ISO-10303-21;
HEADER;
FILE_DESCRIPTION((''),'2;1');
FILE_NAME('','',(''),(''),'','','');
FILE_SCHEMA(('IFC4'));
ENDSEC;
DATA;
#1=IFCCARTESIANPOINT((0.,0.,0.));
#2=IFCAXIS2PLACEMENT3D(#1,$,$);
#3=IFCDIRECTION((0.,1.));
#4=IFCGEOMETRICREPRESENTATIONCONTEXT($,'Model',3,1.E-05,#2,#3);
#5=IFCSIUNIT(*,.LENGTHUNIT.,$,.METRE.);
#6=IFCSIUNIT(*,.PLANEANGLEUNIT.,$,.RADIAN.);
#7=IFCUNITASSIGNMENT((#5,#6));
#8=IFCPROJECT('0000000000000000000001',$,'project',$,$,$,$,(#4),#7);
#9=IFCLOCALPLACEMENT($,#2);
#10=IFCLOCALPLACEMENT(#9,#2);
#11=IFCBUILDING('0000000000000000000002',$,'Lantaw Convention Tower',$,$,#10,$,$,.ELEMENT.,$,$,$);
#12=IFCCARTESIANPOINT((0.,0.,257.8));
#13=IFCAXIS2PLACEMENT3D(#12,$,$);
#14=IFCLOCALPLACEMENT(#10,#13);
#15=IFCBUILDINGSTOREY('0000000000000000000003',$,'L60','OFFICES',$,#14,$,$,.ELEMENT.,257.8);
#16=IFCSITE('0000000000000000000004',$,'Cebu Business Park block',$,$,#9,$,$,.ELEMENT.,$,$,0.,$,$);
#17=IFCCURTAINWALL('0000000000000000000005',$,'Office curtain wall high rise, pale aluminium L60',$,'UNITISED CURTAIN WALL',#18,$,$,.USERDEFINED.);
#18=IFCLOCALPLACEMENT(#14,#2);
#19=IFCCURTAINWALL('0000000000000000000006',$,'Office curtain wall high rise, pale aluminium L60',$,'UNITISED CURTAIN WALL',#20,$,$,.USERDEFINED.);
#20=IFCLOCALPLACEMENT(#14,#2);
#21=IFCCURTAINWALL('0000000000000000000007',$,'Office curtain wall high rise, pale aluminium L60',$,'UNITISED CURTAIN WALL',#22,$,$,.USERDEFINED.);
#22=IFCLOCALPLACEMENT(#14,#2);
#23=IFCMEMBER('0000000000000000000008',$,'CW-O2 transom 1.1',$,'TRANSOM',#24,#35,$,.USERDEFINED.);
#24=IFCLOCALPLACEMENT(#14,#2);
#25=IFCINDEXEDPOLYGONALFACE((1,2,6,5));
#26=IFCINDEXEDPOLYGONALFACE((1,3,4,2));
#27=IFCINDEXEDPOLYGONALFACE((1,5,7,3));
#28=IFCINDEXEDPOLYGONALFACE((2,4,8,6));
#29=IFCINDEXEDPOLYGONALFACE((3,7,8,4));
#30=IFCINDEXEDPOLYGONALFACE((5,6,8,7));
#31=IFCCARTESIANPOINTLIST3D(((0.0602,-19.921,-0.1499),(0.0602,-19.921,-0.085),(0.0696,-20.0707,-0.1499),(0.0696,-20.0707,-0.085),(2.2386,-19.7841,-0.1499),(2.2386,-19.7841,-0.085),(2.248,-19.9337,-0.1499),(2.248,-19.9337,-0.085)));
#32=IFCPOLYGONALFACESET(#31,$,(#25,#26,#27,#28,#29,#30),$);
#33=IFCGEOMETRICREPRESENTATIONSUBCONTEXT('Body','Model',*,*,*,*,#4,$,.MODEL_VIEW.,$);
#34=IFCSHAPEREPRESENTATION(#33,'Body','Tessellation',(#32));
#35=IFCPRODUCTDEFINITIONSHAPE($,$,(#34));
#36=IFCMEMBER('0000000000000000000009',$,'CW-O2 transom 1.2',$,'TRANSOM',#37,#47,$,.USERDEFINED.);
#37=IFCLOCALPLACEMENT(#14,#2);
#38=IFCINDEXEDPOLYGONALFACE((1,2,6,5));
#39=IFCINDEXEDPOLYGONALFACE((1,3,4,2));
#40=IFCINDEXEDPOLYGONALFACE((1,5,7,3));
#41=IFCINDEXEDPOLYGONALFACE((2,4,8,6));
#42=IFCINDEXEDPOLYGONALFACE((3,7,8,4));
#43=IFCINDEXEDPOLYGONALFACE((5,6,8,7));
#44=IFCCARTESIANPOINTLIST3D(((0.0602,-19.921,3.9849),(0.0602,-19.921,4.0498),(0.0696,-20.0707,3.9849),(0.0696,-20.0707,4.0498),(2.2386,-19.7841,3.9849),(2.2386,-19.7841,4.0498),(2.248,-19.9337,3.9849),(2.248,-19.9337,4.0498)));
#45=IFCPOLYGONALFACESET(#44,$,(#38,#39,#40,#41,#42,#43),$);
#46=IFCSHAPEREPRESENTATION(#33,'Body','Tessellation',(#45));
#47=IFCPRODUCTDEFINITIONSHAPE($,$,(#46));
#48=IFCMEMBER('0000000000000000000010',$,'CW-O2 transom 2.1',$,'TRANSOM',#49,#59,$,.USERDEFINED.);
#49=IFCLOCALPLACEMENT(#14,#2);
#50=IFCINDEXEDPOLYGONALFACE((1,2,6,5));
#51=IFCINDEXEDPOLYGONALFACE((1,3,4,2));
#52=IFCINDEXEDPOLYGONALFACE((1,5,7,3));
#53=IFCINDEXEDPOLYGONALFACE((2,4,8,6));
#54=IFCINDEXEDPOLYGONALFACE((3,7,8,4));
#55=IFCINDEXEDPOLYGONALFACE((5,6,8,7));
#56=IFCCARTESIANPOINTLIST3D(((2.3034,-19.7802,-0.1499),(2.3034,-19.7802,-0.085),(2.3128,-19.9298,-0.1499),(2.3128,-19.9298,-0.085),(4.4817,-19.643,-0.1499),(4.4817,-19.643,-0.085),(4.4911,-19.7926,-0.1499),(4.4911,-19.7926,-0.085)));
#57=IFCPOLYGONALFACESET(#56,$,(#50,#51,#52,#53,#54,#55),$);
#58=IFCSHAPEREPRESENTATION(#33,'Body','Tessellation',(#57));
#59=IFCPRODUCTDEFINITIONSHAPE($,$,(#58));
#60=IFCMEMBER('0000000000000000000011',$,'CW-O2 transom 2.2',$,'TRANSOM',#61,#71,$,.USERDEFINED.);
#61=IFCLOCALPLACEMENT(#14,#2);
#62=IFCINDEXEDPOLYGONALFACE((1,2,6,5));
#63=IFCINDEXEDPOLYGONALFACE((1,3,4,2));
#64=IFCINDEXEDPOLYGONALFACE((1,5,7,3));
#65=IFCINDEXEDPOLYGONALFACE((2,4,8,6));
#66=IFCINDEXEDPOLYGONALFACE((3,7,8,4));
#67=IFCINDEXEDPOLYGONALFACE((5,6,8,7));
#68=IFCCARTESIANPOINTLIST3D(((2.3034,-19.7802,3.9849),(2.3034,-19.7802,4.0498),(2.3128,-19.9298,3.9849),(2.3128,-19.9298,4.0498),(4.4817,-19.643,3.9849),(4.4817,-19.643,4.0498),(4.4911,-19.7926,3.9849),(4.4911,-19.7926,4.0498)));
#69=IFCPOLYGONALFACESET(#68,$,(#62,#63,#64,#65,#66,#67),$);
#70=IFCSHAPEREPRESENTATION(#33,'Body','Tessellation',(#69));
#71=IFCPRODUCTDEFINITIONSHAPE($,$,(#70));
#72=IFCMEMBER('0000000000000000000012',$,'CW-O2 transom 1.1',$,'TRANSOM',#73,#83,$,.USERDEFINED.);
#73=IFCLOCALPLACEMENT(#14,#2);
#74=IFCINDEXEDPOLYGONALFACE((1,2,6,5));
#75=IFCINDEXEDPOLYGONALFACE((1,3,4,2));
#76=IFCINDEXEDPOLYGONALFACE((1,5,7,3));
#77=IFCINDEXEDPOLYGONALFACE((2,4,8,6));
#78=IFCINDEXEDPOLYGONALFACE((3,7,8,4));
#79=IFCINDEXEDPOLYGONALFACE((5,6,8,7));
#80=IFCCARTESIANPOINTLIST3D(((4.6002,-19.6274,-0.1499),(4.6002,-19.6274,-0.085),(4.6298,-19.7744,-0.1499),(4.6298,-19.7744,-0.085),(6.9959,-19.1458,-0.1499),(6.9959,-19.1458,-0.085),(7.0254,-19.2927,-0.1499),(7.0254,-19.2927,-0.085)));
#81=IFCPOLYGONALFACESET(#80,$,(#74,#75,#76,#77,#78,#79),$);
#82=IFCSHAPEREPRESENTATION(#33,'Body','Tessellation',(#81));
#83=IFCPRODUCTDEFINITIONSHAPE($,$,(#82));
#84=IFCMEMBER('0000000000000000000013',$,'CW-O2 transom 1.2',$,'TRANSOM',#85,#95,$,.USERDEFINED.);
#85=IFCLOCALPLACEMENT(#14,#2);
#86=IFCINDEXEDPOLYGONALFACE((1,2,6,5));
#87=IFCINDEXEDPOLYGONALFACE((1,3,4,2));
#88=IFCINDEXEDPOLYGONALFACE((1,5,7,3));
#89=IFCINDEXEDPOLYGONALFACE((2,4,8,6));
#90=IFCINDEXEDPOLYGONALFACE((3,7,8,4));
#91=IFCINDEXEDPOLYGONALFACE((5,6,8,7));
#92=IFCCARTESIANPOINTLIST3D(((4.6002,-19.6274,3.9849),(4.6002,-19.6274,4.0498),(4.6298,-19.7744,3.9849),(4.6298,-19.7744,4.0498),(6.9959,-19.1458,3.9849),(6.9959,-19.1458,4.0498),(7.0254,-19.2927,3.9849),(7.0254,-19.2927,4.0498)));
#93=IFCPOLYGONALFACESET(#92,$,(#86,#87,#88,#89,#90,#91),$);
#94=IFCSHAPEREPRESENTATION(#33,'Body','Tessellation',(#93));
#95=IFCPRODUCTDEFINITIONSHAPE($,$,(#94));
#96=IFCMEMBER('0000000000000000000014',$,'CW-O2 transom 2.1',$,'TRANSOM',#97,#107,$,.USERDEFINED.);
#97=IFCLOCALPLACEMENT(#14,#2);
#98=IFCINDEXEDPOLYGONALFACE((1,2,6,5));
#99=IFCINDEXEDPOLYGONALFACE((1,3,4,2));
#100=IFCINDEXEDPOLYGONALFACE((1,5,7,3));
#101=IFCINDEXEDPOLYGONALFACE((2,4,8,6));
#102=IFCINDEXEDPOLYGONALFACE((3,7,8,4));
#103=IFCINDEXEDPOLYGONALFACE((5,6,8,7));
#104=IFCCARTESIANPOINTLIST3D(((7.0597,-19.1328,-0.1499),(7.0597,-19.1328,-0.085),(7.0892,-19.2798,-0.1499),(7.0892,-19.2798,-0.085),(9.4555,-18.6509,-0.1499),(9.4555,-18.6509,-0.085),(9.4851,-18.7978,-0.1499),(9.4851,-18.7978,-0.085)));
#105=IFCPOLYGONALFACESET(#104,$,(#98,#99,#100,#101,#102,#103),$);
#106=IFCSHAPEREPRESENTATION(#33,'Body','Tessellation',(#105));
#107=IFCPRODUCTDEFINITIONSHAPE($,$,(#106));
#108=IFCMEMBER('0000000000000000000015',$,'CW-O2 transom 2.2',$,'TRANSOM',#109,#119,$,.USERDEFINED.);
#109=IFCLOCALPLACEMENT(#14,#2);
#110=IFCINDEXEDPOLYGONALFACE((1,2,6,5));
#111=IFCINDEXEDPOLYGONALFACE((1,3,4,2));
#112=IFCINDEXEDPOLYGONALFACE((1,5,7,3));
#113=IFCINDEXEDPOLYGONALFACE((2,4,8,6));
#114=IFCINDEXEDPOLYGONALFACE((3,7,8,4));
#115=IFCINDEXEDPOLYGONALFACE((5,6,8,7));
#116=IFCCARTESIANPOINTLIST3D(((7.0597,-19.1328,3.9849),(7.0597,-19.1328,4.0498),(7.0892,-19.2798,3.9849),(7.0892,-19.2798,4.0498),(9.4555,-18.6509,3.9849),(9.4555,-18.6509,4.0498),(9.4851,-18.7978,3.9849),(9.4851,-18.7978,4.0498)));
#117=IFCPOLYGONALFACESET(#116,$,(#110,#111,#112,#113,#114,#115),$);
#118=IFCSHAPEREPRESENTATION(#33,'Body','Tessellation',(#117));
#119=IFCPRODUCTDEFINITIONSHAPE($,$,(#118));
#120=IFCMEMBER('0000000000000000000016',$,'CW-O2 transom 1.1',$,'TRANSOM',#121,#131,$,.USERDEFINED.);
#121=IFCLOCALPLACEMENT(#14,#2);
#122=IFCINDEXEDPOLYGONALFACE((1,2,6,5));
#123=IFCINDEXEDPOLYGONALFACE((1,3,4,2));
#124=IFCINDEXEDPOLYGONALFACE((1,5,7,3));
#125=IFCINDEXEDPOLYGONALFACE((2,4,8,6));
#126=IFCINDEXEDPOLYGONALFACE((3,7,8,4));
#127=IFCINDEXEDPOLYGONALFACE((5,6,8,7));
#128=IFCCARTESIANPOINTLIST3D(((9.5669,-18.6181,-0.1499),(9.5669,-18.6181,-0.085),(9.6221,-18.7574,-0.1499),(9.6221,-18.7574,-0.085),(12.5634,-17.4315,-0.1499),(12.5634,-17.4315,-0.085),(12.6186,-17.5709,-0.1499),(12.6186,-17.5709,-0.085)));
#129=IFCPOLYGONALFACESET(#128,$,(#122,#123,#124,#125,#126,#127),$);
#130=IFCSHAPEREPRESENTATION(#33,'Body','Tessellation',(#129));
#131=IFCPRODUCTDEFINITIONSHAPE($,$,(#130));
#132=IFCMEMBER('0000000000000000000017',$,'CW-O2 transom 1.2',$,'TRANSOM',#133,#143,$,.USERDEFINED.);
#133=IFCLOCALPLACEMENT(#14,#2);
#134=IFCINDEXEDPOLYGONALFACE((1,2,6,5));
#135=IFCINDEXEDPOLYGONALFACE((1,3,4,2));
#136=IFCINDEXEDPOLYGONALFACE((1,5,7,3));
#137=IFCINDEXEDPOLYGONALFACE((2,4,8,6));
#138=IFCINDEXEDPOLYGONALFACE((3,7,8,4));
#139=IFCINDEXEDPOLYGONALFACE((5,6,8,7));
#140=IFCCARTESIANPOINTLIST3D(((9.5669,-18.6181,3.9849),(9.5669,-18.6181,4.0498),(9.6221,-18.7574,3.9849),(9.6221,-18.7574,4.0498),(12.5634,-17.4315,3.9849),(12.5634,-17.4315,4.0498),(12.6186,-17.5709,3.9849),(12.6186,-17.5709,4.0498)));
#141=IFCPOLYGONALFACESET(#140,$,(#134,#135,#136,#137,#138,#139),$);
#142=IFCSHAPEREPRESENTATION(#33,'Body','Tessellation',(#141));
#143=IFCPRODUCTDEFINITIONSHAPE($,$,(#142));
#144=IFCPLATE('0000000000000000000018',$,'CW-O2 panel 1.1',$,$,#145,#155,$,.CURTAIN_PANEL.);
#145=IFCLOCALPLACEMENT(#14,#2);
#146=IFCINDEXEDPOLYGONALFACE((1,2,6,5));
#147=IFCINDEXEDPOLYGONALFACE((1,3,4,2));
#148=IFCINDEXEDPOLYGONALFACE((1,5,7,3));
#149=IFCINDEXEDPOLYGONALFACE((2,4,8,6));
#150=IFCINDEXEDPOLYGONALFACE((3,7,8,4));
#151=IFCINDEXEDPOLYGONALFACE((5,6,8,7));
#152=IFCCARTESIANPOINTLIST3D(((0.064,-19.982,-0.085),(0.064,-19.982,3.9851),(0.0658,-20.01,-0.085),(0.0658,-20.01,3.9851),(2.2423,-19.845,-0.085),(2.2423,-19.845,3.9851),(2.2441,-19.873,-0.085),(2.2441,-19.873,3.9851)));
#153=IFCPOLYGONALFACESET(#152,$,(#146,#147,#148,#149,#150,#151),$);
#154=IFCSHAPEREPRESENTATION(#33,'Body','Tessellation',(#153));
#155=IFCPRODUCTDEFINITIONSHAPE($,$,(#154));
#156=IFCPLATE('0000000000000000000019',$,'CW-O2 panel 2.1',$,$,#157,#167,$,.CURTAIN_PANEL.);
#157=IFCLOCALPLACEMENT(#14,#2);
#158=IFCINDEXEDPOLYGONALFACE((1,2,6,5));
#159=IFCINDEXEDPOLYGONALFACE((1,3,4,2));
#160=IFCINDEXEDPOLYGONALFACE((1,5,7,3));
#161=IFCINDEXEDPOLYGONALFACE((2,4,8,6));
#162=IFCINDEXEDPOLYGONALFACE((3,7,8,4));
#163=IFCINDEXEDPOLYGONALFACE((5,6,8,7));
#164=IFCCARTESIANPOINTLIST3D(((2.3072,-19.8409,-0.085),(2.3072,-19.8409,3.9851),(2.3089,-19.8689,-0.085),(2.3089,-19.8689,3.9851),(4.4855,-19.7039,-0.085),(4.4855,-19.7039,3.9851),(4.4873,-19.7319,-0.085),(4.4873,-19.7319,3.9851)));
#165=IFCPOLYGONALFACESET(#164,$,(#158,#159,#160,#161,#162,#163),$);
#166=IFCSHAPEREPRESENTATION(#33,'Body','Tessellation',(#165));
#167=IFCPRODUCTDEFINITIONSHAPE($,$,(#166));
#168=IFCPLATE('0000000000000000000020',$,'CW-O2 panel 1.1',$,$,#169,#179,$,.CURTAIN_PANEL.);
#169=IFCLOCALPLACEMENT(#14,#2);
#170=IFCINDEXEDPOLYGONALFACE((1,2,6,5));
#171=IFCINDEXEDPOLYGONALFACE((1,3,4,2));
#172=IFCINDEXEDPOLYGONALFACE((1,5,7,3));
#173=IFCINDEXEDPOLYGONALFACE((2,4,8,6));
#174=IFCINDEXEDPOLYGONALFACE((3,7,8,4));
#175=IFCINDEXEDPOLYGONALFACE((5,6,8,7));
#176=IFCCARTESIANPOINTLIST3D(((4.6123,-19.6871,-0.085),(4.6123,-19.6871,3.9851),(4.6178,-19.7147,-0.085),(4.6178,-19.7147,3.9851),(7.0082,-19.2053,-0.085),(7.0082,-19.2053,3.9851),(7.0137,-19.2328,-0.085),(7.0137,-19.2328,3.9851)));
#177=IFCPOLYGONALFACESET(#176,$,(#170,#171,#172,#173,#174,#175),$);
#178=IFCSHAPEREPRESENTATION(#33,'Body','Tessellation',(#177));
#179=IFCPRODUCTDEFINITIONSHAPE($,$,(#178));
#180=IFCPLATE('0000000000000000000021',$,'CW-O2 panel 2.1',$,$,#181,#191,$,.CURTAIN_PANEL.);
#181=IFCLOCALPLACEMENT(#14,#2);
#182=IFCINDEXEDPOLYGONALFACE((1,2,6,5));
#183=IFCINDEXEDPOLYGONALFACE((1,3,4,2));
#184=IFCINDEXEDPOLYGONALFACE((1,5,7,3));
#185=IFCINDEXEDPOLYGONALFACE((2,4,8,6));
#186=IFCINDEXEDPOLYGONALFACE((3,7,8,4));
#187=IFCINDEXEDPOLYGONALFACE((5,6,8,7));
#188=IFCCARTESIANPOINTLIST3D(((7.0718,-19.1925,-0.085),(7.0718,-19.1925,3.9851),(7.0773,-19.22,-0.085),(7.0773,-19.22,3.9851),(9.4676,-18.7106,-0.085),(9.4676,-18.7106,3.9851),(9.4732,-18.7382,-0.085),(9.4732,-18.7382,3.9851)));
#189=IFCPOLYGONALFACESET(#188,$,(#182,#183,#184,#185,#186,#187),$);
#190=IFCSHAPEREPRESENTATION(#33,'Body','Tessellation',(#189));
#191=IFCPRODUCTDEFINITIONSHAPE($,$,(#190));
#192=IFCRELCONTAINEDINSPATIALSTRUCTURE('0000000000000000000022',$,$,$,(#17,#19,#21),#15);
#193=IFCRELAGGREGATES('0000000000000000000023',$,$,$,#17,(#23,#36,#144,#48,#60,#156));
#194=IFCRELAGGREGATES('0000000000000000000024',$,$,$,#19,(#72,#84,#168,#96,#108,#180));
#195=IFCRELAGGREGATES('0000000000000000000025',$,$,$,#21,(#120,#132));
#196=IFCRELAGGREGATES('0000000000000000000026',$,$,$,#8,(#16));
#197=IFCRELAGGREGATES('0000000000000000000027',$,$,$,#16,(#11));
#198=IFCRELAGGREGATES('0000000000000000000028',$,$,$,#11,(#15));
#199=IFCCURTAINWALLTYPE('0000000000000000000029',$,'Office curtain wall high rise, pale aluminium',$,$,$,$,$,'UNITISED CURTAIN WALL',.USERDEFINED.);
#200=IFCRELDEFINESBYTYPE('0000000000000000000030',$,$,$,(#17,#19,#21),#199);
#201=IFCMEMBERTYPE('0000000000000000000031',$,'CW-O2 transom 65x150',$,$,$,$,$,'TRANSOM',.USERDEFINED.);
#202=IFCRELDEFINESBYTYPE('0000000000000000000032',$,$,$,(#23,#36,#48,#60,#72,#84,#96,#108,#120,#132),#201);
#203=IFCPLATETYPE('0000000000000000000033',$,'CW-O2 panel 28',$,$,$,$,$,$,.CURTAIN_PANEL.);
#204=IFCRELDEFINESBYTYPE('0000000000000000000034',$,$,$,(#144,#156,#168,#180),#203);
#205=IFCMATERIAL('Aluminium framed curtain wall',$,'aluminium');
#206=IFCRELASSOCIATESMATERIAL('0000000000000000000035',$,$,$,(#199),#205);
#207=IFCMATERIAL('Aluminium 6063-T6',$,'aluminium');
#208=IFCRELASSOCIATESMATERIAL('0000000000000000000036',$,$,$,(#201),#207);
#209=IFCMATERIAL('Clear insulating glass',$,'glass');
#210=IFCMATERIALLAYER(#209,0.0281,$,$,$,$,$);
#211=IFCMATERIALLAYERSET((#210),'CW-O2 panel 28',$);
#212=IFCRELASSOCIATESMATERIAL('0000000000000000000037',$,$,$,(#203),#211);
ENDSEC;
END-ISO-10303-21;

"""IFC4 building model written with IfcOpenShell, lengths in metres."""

from ifc_helpers import new_model, si_unit, direction, frame, origin, origin_2d, place, context, subcontext, project, spatial, rectangle, extrude, material, layer, layer_set, material_profile, profile_set, type_object, element, aggregate, save


model = new_model("IFC4")

# Units and contexts
model_context = context("Model", 3, precision=1e-05, world=origin(), true_north=direction((0.0, 1.0)))
body_context = subcontext(model_context, "Body", "Model", "MODEL_VIEW")
ifc_project = project(units=[si_unit("LENGTHUNIT", "METRE"), si_unit("PLANEANGLEUNIT", "RADIAN")], contexts=[model_context])

# Site, building, storey
site_placement = place(None, origin())
site = spatial("IfcSite", under=ifc_project, at=site_placement, Name="Cebu Business Park block", CompositionType="ELEMENT", RefElevation=0.0)
building_placement = place(site_placement, origin())
building = spatial("IfcBuilding", under=site, at=building_placement, Name="Lantaw Convention Tower", CompositionType="ELEMENT")
storey_placement = place(building_placement, frame((0.0, 0.0, 257.8)))
storey = spatial("IfcBuildingStorey", under=building, at=storey_placement, Name="L60", Description="OFFICES", CompositionType="ELEMENT", Elevation=257.8)

# Curtain walls
ifc_material_1 = material(Name="Aluminium framed curtain wall", Category="aluminium")
curtain_wall_type = type_object("IfcCurtainWallType", Name="Office curtain wall high rise, pale aluminium", ElementType="UNITISED CURTAIN WALL", PredefinedType="USERDEFINED", material=ifc_material_1)
curtain_wall_1_placement = place(storey_placement, origin())
curtain_wall_1 = element("IfcCurtainWall", 1, at=curtain_wall_1_placement, inside=storey, type_object=curtain_wall_type, Name="Office curtain wall high rise, pale aluminium L60", ObjectType="UNITISED CURTAIN WALL", PredefinedType="USERDEFINED")
ifc_material_2 = material(Name="Aluminium 6063-T6", Category="aluminium")
curtain_wall_2_placement = place(storey_placement, origin())
curtain_wall_2 = element("IfcCurtainWall", 2, at=curtain_wall_2_placement, inside=storey, type_object=curtain_wall_type, Name="Office curtain wall high rise, pale aluminium L60", ObjectType="UNITISED CURTAIN WALL", PredefinedType="USERDEFINED")

# Curtain wall
curtain_wall_3_placement = place(storey_placement, origin())
curtain_wall_3 = element("IfcCurtainWall", 3, at=curtain_wall_3_placement, inside=storey, type_object=curtain_wall_type, Name="Office curtain wall high rise, pale aluminium L60", ObjectType="UNITISED CURTAIN WALL", PredefinedType="USERDEFINED")

# Members
ifc_material_profile_1 = material_profile(ifc_material_2, rectangle(XDim=0.1499, YDim=0.0649, at=origin_2d()), Name="CW-O2 transom 65x150")
ifc_profile_set_1 = profile_set([ifc_material_profile_1], Name="Aluminium 6063-T6")
member_type_1 = type_object("IfcMemberType", Name="CW-O2 transom 65x150", ElementType="TRANSOM", PredefinedType="USERDEFINED", material=ifc_profile_set_1)
member_1_placement = place(storey_placement, frame((0.0649, -19.9958, -0.1174), z_axis=(0.998029, 0.062754, 0.0), x_axis=(-0.062754, 0.998029, 0.0)))
member_1 = element("IfcMember", 4, at=member_1_placement, type_object=member_type_1, Name="CW-O2 transom 1.1", ObjectType="TRANSOM", PredefinedType="USERDEFINED", context=body_context, shape_type="SweptSolid", body=[
    extrude(rectangle(XDim=0.1499, YDim=0.0649, at=origin_2d()), origin(), (0.0, 0.0, 1.0), 2.1826),
])
member_2_placement = place(storey_placement, frame((0.0649, -19.9958, 4.0173), z_axis=(0.998029, 0.062754, 0.0), x_axis=(-0.062754, 0.998029, 0.0)))
member_2 = element("IfcMember", 5, at=member_2_placement, type_object=member_type_1, Name="CW-O2 transom 1.2", ObjectType="TRANSOM", PredefinedType="USERDEFINED", context=body_context, shape_type="SweptSolid", body=[
    extrude(rectangle(XDim=0.1499, YDim=0.0649, at=origin_2d()), origin(), (0.0, 0.0, 1.0), 2.1826),
])
member_3_placement = place(storey_placement, frame((2.3081, -19.855, -0.1174), z_axis=(0.998022, 0.062866, 0.0), x_axis=(-0.062866, 0.998022, 0.0)))
member_3 = element("IfcMember", 6, at=member_3_placement, type_object=member_type_1, Name="CW-O2 transom 2.1", ObjectType="TRANSOM", PredefinedType="USERDEFINED", context=body_context, shape_type="SweptSolid", body=[
    extrude(rectangle(XDim=0.1499, YDim=0.0649, at=origin_2d()), origin(), (0.0, 0.0, 1.0), 2.1826),
])
member_4_placement = place(storey_placement, frame((2.3081, -19.855, 4.0173), z_axis=(0.998022, 0.062866, 0.0), x_axis=(-0.062866, 0.998022, 0.0)))
member_4 = element("IfcMember", 7, at=member_4_placement, type_object=member_type_1, Name="CW-O2 transom 2.2", ObjectType="TRANSOM", PredefinedType="USERDEFINED", context=body_context, shape_type="SweptSolid", body=[
    extrude(rectangle(XDim=0.1499, YDim=0.0649, at=origin_2d()), origin(), (0.0, 0.0, 1.0), 2.1826),
])
member_5_placement = place(storey_placement, frame((4.615, -19.7009, -0.1174), z_axis=(0.98038, 0.197115, 0.0), x_axis=(-0.197115, 0.98038, 0.0)))
member_5 = element("IfcMember", 8, at=member_5_placement, type_object=member_type_1, Name="CW-O2 transom 1.1", ObjectType="TRANSOM", PredefinedType="USERDEFINED", context=body_context, shape_type="SweptSolid", body=[
    extrude(rectangle(XDim=0.1499, YDim=0.0649, at=origin_2d()), origin(), (0.0, 0.0, 1.0), 2.4436),
])
member_6_placement = place(storey_placement, frame((4.615, -19.7009, 4.0173), z_axis=(0.98038, 0.197115, 0.0), x_axis=(-0.197115, 0.98038, 0.0)))
member_6 = element("IfcMember", 9, at=member_6_placement, type_object=member_type_1, Name="CW-O2 transom 1.2", ObjectType="TRANSOM", PredefinedType="USERDEFINED", context=body_context, shape_type="SweptSolid", body=[
    extrude(rectangle(XDim=0.1499, YDim=0.0649, at=origin_2d()), origin(), (0.0, 0.0, 1.0), 2.4436),
])
member_7_placement = place(storey_placement, frame((7.0745, -19.2063, -0.1174), z_axis=(0.980361, 0.197211, 0.0), x_axis=(-0.197211, 0.980361, 0.0)))
member_7 = element("IfcMember", 10, at=member_7_placement, type_object=member_type_1, Name="CW-O2 transom 2.1", ObjectType="TRANSOM", PredefinedType="USERDEFINED", context=body_context, shape_type="SweptSolid", body=[
    extrude(rectangle(XDim=0.1499, YDim=0.0649, at=origin_2d()), origin(), (0.0, 0.0, 1.0), 2.4438),
])
member_8_placement = place(storey_placement, frame((7.0745, -19.2063, 4.0173), z_axis=(0.980361, 0.197211, 0.0), x_axis=(-0.197211, 0.980361, 0.0)))
member_8 = element("IfcMember", 11, at=member_8_placement, type_object=member_type_1, Name="CW-O2 transom 2.2", ObjectType="TRANSOM", PredefinedType="USERDEFINED", context=body_context, shape_type="SweptSolid", body=[
    extrude(rectangle(XDim=0.1499, YDim=0.0649, at=origin_2d()), origin(), (0.0, 0.0, 1.0), 2.4438),
])
member_9_placement = place(storey_placement, frame((9.5945, -18.6877, -0.1174), z_axis=(0.929767, 0.368149, 0.0), x_axis=(-0.368149, 0.929767, 0.0)))
member_9 = element("IfcMember", 12, at=member_9_placement, type_object=member_type_1, Name="CW-O2 transom 1.1", ObjectType="TRANSOM", PredefinedType="USERDEFINED", context=body_context, shape_type="SweptSolid", body=[
    extrude(rectangle(XDim=0.1499, YDim=0.0649, at=origin_2d()), origin(), (0.0, 0.0, 1.0), 3.2229),
])
member_10_placement = place(storey_placement, frame((9.5945, -18.6877, 4.0173), z_axis=(0.929767, 0.368149, 0.0), x_axis=(-0.368149, 0.929767, 0.0)))
member_10 = element("IfcMember", 13, at=member_10_placement, type_object=member_type_1, Name="CW-O2 transom 1.2", ObjectType="TRANSOM", PredefinedType="USERDEFINED", context=body_context, shape_type="SweptSolid", body=[
    extrude(rectangle(XDim=0.1499, YDim=0.0649, at=origin_2d()), origin(), (0.0, 0.0, 1.0), 3.2229),
])

# Plates
ifc_material_3 = material(Name="Clear insulating glass", Category="glass")
ifc_layer_1 = layer(ifc_material_3, 0.0281)
ifc_layer_set_1 = layer_set([ifc_layer_1], Name="CW-O2 panel 28")
plate_type_1 = type_object("IfcPlateType", Name="CW-O2 panel 28", PredefinedType="CURTAIN_PANEL", material=ifc_layer_set_1)
plate_1_placement = place(storey_placement, frame((1.1541, -19.9275, -0.085), z_axis=(0.0, 0.0, 1.0), x_axis=(0.998029, 0.062758, 0.0)))
plate_1 = element("IfcPlate", 14, at=plate_1_placement, type_object=plate_type_1, Name="CW-O2 panel 1.1", PredefinedType="CURTAIN_PANEL", context=body_context, shape_type="SweptSolid", body=[
    extrude(rectangle(XDim=2.1826, YDim=0.0281, at=origin_2d()), origin(), (0.0, 0.0, 1.0), 4.0701),
])
plate_2_placement = place(storey_placement, frame((3.3972, -19.7864, -0.085), z_axis=(0.0, 0.0, 1.0), x_axis=(0.998029, 0.062758, 0.0)))
plate_2 = element("IfcPlate", 15, at=plate_2_placement, type_object=plate_type_1, Name="CW-O2 panel 2.1", PredefinedType="CURTAIN_PANEL", context=body_context, shape_type="SweptSolid", body=[
    extrude(rectangle(XDim=2.1826, YDim=0.0281, at=origin_2d()), origin(), (0.0, 0.0, 1.0), 4.0701),
])
aggregate(curtain_wall_1, [member_1, member_2, plate_1, member_3, member_4, plate_2])
plate_3_placement = place(storey_placement, frame((5.813, -19.46, -0.085), z_axis=(0.0, 0.0, 1.0), x_axis=(0.980367, 0.197183, 0.0)))
plate_3 = element("IfcPlate", 16, at=plate_3_placement, type_object=plate_type_1, Name="CW-O2 panel 1.1", PredefinedType="CURTAIN_PANEL", context=body_context, shape_type="SweptSolid", body=[
    extrude(rectangle(XDim=2.4438, YDim=0.0281, at=origin_2d()), origin(), (0.0, 0.0, 1.0), 4.0701),
])
plate_4_placement = place(storey_placement, frame((8.2725, -18.9653, -0.085), z_axis=(0.0, 0.0, 1.0), x_axis=(0.980367, 0.197183, 0.0)))
plate_4 = element("IfcPlate", 17, at=plate_4_placement, type_object=plate_type_1, Name="CW-O2 panel 2.1", PredefinedType="CURTAIN_PANEL", context=body_context, shape_type="SweptSolid", body=[
    extrude(rectangle(XDim=2.4438, YDim=0.0281, at=origin_2d()), origin(), (0.0, 0.0, 1.0), 4.0701),
])
aggregate(curtain_wall_2, [member_5, member_6, plate_3, member_7, member_8, plate_4])
aggregate(curtain_wall_3, [member_9, member_10])

save(model, "model.ifc")
